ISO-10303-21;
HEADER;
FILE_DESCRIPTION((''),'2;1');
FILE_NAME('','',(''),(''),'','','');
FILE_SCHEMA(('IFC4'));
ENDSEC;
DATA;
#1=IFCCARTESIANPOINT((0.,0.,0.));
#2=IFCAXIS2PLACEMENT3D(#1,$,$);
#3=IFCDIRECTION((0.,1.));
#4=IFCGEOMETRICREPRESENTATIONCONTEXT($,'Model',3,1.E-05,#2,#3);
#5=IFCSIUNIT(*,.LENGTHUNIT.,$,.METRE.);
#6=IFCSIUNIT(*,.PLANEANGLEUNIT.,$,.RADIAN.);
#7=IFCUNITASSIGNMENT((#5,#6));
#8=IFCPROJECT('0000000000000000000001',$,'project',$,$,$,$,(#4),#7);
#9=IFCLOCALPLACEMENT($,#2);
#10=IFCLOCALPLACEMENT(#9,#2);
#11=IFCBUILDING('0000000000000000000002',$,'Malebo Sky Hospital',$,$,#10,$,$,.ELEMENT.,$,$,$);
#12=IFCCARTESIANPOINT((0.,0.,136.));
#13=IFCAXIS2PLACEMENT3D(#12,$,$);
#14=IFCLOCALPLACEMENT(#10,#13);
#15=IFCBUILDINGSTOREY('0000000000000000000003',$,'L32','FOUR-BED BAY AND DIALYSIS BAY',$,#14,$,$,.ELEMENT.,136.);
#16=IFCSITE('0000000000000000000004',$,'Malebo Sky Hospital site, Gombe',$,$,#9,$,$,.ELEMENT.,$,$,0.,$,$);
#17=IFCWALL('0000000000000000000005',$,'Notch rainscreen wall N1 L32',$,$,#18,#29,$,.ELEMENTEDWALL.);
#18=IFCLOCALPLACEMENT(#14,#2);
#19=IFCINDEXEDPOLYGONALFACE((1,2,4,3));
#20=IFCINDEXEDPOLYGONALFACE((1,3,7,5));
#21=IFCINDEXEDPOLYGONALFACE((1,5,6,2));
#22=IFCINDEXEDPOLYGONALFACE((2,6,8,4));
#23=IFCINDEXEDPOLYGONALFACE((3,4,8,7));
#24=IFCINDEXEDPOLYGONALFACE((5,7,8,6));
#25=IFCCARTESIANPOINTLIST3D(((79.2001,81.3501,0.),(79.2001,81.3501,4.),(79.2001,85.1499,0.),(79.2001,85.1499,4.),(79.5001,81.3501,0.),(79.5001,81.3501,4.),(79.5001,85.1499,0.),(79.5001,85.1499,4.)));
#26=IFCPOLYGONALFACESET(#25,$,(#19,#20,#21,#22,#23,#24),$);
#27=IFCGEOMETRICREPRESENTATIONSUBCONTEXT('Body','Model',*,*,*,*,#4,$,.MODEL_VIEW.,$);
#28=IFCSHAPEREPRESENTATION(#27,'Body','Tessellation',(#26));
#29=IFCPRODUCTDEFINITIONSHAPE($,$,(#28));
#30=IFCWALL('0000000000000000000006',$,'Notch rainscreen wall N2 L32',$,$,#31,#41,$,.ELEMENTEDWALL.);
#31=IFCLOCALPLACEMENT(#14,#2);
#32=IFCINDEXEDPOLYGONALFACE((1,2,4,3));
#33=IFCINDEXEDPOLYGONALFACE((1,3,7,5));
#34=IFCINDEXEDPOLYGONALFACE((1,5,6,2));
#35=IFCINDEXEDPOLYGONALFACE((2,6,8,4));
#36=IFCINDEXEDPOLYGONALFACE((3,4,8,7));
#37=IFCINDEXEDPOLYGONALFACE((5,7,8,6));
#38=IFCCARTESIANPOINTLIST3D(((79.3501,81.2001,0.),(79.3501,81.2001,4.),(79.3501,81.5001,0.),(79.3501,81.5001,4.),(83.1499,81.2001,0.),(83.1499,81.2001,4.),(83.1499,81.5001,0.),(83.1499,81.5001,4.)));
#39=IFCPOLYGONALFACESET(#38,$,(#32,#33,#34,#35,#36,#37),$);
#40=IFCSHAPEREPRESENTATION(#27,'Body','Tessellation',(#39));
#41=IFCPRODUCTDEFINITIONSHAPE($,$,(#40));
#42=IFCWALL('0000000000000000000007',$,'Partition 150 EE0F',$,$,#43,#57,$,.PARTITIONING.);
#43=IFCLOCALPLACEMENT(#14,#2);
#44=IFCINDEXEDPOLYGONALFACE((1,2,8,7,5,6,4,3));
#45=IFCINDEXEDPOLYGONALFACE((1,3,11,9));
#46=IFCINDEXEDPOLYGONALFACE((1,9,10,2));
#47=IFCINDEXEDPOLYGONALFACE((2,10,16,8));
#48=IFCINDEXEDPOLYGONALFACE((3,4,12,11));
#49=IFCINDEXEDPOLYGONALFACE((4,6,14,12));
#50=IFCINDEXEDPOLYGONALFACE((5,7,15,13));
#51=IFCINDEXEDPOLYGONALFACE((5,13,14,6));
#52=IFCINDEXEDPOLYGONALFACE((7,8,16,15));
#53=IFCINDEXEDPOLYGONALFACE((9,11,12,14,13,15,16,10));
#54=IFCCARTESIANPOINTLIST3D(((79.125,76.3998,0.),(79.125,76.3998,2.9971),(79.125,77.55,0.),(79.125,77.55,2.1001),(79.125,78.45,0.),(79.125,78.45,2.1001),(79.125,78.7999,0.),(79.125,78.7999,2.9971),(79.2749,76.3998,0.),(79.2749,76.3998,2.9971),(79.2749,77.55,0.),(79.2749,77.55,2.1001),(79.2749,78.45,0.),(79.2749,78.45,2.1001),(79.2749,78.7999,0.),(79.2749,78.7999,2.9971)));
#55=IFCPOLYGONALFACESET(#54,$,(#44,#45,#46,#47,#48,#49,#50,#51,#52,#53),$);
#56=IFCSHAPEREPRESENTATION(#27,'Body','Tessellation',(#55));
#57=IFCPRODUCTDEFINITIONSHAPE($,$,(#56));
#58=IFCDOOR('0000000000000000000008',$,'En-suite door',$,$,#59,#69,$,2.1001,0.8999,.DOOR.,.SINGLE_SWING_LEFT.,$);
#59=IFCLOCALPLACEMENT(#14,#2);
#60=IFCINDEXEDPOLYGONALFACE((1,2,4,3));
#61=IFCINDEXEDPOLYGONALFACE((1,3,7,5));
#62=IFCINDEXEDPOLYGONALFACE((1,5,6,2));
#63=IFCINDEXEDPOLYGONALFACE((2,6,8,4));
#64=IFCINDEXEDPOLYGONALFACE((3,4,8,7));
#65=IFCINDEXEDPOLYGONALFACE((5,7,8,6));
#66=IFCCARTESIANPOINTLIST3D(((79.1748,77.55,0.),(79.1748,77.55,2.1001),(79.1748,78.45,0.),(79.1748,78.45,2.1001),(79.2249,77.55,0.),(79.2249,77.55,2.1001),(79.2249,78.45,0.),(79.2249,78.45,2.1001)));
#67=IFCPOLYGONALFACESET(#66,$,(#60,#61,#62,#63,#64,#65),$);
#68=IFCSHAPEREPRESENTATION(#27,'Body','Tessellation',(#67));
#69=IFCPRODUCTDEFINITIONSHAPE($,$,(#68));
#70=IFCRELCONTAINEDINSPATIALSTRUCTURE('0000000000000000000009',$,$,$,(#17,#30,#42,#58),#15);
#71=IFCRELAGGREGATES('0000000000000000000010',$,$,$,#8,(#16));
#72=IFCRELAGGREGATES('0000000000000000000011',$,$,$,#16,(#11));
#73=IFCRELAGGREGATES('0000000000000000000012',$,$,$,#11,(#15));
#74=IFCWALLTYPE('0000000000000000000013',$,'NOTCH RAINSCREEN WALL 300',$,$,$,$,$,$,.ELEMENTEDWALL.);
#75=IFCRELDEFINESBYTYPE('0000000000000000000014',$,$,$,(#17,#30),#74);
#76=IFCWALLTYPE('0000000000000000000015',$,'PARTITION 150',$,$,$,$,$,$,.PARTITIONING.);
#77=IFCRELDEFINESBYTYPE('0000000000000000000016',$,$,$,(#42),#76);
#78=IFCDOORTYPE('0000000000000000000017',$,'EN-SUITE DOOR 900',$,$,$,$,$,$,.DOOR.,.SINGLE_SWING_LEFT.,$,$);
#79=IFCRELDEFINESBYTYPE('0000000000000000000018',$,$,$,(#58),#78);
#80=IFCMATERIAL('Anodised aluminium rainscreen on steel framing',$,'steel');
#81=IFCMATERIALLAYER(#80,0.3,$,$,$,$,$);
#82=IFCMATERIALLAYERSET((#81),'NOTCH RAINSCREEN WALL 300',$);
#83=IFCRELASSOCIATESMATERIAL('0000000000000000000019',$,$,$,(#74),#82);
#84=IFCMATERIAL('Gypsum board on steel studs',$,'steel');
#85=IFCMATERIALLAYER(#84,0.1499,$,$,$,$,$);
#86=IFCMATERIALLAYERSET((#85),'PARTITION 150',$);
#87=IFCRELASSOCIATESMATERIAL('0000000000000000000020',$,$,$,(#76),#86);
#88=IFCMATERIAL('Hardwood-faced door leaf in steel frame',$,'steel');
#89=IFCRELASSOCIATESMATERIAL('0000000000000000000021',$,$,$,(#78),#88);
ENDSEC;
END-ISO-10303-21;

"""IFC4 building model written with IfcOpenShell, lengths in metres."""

from ifc_helpers import new_model, si_unit, direction, frame, frame_2d, origin, place, context, subcontext, project, spatial, rectangle, extrude, material, layer, layer_set, type_object, element, fill, save


model = new_model("IFC4")

# Units and contexts
model_context = context("Model", 3, precision=1e-05, world=origin(), true_north=direction((0.0, 1.0)))
body_context = subcontext(model_context, "Body", "Model", "MODEL_VIEW")
ifc_project = project(units=[si_unit("LENGTHUNIT", "METRE"), si_unit("PLANEANGLEUNIT", "RADIAN")], contexts=[model_context])

# Site, building, storey
site_placement = place(None, origin())
site = spatial("IfcSite", under=ifc_project, at=site_placement, Name="Malebo Sky Hospital site, Gombe", CompositionType="ELEMENT", RefElevation=0.0)
building_placement = place(site_placement, origin())
building = spatial("IfcBuilding", under=site, at=building_placement, Name="Malebo Sky Hospital", CompositionType="ELEMENT")
storey_placement = place(building_placement, frame((0.0, 0.0, 136.0)))
storey = spatial("IfcBuildingStorey", under=building, at=storey_placement, Name="L32", Description="FOUR-BED BAY AND DIALYSIS BAY", CompositionType="ELEMENT", Elevation=136.0)

# Walls
ifc_material_1 = material(Name="Anodised aluminium rainscreen on steel framing", Category="steel")
ifc_layer_1 = layer(ifc_material_1, 0.3)
ifc_layer_set_1 = layer_set([ifc_layer_1], Name="NOTCH RAINSCREEN WALL 300")
wall_type_1 = type_object("IfcWallType", Name="NOTCH RAINSCREEN WALL 300", PredefinedType="ELEMENTEDWALL", material=ifc_layer_set_1)
for number, where, z_axis, x_axis, name in (
    (1, (79.3501, 85.1499, 0.0), (0.0, 0.0, 1.0), (0.0, -1.0, 0.0), "Notch rainscreen wall N1 L32"),
    (2, (79.3501, 81.3501, 0.0), (0.0, 0.0, 1.0), (1.0, 0.0, 0.0), "Notch rainscreen wall N2 L32"),
):
    element("IfcWall", number, at=place(storey_placement, frame(where, z_axis=z_axis, x_axis=x_axis)), inside=storey, type_object=wall_type_1, Name=name, PredefinedType="ELEMENTEDWALL", context=body_context, shape_type="SweptSolid", body=[
        extrude(rectangle(XDim=3.7998, YDim=0.3, at=frame_2d((1.8999, 0.0))), origin(), (0.0, 0.0, 1.0), 4.0),
    ])

# Wall, opening, door
ifc_material_2 = material(Name="Gypsum board on steel studs", Category="steel")
ifc_layer_2 = layer(ifc_material_2, 0.1499)
ifc_layer_set_2 = layer_set([ifc_layer_2], Name="PARTITION 150")
wall_type_2 = type_object("IfcWallType", Name="PARTITION 150", PredefinedType="PARTITIONING", material=ifc_layer_set_2)
wall_placement = place(storey_placement, frame((79.2, 78.8, 0.0), z_axis=(0.0, 0.0, 1.0), x_axis=(0.0, -1.0, 0.0)))
wall = element("IfcWall", 3, at=wall_placement, inside=storey, type_object=wall_type_2, Name="Partition 150 EE0F", PredefinedType="PARTITIONING", context=body_context, shape_type="SweptSolid", body=[
    extrude(rectangle(XDim=2.4001, YDim=0.1499, at=frame_2d((1.2002, 0.0))), origin(), (0.0, 0.0, 1.0), 2.9971),
])
opening_placement = place(wall_placement, frame((0.3501, 0.0, 0.0)))
opening = element("IfcOpeningElement", 4, at=opening_placement, cuts=wall, PredefinedType="OPENING", context=body_context, shape_type="SweptSolid", body=[
    extrude(rectangle(XDim=0.8999, YDim=2.1001, at=frame_2d((0.45, 1.05))), frame((0.0, 0.085, 0.0), z_axis=(0.0, -1.0, 0.0), x_axis=(1.0, 0.0, 0.0)), (0.0, 0.0, 1.0), 0.1699),
])
ifc_material_3 = material(Name="Hardwood-faced door leaf in steel frame", Category="steel")
door_type = type_object("IfcDoorType", Name="EN-SUITE DOOR 900", OperationType="SINGLE_SWING_LEFT", PredefinedType="DOOR", material=ifc_material_3)
door_placement = place(opening_placement, origin())
door = element("IfcDoor", 5, at=door_placement, inside=storey, type_object=door_type, Name="En-suite door", OperationType="SINGLE_SWING_LEFT", OverallHeight=2.1001, OverallWidth=0.8999, PredefinedType="DOOR", context=body_context, shape_type="SweptSolid", body=[
    extrude(rectangle(XDim=0.8999, YDim=2.1001, at=frame_2d((0.45, 1.05))), frame((0.0, 0.0249, 0.0), z_axis=(0.0, -1.0, 0.0), x_axis=(1.0, 0.0, 0.0)), (0.0, 0.0, 1.0), 0.05),
])
fill(opening, door)

save(model, "model.ifc")
